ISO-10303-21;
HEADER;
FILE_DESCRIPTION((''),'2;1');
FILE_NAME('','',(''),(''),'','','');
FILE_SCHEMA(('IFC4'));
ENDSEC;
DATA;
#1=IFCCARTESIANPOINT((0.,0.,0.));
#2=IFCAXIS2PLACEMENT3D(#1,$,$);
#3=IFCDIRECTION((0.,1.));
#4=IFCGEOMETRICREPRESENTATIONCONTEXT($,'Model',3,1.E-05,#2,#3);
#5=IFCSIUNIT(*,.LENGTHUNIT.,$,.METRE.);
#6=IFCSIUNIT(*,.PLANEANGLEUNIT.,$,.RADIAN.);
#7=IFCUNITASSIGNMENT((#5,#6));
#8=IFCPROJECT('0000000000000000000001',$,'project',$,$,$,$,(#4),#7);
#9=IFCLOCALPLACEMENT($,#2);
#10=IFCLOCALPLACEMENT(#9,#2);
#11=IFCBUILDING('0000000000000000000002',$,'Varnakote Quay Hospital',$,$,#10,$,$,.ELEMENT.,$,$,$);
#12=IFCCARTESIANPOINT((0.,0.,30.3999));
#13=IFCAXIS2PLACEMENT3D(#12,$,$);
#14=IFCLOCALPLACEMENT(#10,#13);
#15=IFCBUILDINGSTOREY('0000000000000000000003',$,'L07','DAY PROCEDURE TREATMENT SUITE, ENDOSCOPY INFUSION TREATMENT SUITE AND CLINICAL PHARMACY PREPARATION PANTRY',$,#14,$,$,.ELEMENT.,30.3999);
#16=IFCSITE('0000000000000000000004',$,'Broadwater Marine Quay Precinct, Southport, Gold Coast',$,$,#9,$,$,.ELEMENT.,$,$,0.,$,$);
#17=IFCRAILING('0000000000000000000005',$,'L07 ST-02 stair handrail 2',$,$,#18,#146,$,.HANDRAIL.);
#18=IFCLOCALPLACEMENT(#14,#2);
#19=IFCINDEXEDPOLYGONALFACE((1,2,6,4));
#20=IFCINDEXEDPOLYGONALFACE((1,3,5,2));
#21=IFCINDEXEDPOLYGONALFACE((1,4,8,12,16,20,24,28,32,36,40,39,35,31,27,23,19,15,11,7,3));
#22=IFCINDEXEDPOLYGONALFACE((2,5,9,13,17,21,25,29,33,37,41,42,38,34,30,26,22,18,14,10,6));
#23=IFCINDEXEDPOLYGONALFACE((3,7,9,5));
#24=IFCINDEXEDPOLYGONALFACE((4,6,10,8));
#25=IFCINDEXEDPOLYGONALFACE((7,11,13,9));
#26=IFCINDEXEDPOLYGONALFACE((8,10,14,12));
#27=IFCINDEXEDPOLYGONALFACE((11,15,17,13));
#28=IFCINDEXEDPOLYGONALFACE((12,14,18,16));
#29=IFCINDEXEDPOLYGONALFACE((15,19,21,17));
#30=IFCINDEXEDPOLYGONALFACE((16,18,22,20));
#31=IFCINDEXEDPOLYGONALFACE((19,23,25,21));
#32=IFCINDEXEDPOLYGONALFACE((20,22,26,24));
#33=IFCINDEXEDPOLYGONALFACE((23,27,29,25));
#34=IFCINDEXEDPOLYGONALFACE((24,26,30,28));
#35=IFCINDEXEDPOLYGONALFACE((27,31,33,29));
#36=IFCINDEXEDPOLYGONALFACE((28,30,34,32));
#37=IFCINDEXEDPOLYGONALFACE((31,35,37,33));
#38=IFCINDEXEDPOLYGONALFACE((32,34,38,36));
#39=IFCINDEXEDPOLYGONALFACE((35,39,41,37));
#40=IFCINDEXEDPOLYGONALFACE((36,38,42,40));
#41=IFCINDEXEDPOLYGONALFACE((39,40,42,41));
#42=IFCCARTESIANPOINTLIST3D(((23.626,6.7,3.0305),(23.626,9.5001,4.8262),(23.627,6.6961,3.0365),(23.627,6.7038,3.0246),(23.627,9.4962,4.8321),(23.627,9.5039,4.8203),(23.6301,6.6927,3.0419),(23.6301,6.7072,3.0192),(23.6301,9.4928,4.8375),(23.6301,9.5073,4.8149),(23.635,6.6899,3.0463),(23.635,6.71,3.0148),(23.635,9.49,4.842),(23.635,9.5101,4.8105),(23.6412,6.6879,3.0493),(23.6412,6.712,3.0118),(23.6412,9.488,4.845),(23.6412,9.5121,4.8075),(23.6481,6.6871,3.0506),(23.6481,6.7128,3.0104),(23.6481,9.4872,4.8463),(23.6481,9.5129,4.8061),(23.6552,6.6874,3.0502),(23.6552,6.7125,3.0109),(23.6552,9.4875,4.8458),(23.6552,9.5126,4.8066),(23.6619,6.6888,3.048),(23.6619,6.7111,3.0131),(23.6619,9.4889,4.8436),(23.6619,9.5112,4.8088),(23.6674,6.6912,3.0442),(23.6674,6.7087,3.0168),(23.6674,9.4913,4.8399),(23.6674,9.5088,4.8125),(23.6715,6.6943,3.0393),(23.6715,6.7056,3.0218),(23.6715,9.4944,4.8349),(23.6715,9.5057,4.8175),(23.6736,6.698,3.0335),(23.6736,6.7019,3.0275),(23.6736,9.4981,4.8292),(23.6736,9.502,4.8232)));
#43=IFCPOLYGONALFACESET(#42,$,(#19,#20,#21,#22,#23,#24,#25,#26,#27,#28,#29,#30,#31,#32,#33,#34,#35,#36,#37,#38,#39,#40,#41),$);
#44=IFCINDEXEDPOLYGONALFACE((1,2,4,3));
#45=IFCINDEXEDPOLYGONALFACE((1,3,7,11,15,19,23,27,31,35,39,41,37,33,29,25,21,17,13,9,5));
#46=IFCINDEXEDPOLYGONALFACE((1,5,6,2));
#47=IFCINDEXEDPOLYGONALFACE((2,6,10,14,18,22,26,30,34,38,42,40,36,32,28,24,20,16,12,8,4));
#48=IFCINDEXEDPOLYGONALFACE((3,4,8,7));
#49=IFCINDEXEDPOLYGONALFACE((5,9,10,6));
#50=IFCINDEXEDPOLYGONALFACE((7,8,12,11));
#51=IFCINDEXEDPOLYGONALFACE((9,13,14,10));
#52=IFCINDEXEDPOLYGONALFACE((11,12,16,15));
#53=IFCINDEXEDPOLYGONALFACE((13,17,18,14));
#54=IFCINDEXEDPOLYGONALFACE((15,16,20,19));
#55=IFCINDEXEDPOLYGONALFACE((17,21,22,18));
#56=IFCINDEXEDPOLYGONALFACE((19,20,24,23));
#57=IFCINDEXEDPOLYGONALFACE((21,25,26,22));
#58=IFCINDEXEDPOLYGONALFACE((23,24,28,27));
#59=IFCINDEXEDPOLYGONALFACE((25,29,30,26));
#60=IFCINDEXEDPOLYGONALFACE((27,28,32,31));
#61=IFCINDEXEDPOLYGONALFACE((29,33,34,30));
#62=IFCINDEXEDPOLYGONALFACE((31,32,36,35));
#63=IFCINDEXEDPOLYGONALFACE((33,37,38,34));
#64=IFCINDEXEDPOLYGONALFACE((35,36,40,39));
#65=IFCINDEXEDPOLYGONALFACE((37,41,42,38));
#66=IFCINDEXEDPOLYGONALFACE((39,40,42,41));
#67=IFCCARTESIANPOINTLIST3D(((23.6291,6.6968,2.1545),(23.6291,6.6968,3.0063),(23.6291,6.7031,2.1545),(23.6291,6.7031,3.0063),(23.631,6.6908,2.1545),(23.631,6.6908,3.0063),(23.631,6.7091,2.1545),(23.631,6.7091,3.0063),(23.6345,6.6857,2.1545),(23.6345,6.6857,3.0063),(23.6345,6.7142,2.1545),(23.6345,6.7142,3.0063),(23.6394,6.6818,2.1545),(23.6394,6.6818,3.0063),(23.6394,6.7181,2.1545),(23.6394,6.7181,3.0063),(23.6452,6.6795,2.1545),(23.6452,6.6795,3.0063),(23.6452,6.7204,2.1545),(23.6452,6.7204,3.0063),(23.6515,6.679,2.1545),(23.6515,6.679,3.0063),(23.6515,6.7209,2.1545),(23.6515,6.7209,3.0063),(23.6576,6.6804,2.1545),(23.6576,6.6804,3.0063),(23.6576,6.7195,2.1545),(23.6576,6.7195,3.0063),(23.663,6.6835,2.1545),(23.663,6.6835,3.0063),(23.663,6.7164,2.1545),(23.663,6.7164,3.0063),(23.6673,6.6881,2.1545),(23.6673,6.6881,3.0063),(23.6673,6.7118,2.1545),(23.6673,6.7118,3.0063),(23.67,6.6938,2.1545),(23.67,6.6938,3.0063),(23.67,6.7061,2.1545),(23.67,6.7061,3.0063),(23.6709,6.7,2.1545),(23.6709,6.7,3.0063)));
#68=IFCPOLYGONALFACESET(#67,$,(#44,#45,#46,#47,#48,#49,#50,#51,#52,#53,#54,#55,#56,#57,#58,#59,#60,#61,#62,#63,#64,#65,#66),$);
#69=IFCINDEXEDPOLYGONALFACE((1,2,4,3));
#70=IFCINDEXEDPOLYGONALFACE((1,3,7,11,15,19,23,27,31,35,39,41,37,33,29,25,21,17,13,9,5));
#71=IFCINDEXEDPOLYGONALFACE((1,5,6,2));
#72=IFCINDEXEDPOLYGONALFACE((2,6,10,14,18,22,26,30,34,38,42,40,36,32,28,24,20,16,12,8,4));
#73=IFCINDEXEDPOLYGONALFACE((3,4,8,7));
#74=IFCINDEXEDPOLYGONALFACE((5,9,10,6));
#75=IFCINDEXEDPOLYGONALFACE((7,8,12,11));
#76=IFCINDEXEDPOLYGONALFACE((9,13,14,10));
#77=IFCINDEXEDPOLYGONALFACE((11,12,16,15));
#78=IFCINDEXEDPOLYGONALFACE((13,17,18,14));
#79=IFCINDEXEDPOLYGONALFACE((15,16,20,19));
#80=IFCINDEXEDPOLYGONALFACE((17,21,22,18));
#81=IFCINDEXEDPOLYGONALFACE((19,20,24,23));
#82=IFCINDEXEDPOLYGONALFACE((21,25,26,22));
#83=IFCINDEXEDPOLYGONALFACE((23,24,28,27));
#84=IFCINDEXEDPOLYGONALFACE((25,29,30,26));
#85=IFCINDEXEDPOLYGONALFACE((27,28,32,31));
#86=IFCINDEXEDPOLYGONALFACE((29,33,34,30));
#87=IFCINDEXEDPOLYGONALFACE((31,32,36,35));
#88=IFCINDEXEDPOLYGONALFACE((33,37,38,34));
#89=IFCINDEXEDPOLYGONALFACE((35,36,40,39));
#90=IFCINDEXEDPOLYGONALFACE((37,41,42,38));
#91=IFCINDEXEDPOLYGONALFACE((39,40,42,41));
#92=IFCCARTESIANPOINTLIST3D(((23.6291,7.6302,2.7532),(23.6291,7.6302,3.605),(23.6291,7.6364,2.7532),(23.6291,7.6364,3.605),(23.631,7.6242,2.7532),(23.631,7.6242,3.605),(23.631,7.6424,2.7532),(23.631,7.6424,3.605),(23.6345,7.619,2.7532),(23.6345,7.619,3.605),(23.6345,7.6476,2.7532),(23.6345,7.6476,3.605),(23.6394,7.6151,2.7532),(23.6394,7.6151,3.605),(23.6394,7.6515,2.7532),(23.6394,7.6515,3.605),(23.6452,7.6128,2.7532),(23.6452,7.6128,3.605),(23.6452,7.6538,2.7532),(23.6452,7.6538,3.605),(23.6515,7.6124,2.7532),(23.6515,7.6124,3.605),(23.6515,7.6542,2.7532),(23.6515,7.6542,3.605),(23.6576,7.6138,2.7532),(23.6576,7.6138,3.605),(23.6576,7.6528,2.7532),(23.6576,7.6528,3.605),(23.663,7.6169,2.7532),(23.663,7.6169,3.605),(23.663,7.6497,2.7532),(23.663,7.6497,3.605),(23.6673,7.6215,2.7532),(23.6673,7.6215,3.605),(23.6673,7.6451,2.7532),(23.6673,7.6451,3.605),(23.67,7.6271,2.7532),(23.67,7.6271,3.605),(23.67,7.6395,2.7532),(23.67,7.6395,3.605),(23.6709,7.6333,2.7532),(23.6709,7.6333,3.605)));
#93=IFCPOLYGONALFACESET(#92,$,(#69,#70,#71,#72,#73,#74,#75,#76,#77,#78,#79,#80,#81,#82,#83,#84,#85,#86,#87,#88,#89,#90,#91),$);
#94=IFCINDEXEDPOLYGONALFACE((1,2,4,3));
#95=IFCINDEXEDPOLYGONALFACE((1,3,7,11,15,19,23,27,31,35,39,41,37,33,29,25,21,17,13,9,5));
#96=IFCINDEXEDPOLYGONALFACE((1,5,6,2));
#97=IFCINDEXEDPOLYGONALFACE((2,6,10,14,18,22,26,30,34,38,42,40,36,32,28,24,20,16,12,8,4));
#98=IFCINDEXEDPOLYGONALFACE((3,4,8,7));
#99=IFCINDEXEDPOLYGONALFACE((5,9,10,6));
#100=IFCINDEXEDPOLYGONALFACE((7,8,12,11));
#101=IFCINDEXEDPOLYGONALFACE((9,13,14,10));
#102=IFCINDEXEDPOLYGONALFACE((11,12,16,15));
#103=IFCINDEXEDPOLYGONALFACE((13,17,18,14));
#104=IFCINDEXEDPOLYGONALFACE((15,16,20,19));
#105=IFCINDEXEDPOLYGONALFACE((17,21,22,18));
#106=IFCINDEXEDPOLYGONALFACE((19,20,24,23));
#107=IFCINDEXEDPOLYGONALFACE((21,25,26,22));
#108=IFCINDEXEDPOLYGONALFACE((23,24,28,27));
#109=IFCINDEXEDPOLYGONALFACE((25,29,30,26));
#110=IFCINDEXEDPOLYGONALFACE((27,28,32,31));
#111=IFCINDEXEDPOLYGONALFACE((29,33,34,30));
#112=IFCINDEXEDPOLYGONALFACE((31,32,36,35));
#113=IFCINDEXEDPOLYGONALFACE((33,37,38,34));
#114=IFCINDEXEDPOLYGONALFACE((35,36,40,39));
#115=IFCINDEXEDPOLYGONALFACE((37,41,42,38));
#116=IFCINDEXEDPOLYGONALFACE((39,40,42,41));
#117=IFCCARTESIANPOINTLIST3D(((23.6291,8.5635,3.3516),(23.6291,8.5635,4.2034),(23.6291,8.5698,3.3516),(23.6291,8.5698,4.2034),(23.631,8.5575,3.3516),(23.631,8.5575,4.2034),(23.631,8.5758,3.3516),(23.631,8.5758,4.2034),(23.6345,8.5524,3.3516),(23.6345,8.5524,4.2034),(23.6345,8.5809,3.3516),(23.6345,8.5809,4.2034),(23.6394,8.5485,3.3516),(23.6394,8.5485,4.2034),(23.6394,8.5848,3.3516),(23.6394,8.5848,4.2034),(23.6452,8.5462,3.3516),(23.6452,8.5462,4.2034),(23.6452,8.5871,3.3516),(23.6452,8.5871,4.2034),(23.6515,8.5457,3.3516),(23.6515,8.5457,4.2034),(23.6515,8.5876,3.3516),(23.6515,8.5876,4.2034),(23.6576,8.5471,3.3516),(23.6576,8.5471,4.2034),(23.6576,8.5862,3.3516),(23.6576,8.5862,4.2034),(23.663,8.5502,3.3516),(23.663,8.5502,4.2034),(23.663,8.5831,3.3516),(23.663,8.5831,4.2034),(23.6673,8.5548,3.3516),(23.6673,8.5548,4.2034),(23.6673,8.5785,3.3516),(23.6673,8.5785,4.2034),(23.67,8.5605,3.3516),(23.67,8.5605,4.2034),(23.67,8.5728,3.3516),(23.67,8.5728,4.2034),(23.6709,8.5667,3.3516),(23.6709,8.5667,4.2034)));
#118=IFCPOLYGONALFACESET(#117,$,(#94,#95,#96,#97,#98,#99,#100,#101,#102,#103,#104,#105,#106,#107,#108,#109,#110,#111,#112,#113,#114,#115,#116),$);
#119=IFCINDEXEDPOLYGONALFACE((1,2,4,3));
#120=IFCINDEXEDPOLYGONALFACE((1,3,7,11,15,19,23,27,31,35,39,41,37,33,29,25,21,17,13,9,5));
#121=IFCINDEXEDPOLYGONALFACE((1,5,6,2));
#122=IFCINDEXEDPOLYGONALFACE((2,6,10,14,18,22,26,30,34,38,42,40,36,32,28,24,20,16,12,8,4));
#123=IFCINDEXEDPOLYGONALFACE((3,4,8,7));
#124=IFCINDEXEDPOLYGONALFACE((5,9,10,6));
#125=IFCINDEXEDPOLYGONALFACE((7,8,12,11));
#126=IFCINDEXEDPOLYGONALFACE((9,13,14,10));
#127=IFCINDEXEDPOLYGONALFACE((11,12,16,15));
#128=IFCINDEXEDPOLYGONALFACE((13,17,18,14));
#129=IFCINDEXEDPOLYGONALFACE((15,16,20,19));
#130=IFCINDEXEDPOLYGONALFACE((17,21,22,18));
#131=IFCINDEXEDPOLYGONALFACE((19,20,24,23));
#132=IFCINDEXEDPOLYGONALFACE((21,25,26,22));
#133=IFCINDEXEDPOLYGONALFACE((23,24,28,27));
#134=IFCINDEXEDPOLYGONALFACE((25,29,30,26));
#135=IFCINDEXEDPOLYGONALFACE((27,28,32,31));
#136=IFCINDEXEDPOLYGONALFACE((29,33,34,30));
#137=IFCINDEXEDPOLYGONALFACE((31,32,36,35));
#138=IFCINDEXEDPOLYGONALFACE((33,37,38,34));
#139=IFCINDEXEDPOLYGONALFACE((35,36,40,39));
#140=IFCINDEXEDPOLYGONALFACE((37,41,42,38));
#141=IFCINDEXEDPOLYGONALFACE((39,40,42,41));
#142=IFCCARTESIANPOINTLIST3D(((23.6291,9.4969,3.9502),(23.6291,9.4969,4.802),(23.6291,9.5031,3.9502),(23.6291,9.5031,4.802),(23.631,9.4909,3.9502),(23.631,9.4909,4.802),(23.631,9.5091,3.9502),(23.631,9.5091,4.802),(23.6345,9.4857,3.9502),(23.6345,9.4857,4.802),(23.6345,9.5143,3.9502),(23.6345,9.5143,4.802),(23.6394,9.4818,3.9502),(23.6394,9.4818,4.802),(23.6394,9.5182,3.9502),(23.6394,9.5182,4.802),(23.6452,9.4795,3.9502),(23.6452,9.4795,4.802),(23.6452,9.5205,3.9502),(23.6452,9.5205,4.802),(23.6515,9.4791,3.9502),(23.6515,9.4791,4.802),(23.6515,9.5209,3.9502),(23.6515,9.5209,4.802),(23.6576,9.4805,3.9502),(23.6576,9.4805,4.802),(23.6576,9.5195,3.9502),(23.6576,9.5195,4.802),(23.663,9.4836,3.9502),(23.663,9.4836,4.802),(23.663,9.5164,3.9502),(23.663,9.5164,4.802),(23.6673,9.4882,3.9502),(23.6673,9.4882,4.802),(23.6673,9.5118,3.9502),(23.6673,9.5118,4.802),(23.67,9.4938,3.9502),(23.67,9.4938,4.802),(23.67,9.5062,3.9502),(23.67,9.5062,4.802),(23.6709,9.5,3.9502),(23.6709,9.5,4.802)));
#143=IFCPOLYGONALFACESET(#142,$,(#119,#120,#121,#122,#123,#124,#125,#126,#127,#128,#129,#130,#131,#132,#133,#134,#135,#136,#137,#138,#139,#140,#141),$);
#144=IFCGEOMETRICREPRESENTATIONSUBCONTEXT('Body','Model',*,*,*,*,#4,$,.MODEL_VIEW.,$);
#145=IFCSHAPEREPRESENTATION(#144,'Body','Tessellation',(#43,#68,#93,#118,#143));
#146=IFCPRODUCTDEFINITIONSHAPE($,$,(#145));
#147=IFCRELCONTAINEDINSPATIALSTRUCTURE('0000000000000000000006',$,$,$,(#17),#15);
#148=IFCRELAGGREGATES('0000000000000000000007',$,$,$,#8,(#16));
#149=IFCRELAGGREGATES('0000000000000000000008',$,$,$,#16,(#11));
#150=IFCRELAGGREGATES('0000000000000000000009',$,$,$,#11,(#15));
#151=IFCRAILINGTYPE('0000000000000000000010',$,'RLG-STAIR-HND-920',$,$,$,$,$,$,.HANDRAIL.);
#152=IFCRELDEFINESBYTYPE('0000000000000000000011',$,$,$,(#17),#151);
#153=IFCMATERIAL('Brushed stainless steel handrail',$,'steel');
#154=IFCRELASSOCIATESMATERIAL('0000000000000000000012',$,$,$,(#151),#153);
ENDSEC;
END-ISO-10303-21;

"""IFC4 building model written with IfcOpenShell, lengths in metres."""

from ifc_helpers import new_model, si_unit, direction, frame, origin, origin_2d, place, context, subcontext, project, spatial, circle, extrude, material, type_object, element, save


model = new_model("IFC4")

# Units and contexts
model_context = context("Model", 3, precision=1e-05, world=origin(), true_north=direction((0.0, 1.0)))
body_context = subcontext(model_context, "Body", "Model", "MODEL_VIEW")
ifc_project = project(units=[si_unit("LENGTHUNIT", "METRE"), si_unit("PLANEANGLEUNIT", "RADIAN")], contexts=[model_context])

# Site, building, storey
site_placement = place(None, origin())
site = spatial("IfcSite", under=ifc_project, at=site_placement, Name="Broadwater Marine Quay Precinct, Southport, Gold Coast", CompositionType="ELEMENT", RefElevation=0.0)
building_placement = place(site_placement, origin())
building = spatial("IfcBuilding", under=site, at=building_placement, Name="Varnakote Quay Hospital", CompositionType="ELEMENT")
storey_placement = place(building_placement, frame((0.0, 0.0, 30.3999)))
storey = spatial("IfcBuildingStorey", under=building, at=storey_placement, Name="L07", Description="DAY PROCEDURE TREATMENT SUITE, ENDOSCOPY INFUSION TREATMENT SUITE AND CLINICAL PHARMACY PREPARATION PANTRY", CompositionType="ELEMENT", Elevation=30.3999)

# Railing
ifc_material_1 = material(Name="Brushed stainless steel handrail", Category="steel")
railing_type_1 = type_object("IfcRailingType", Name="RLG-STAIR-HND-920", PredefinedType="HANDRAIL", material=ifc_material_1)
railing_1_placement = place(storey_placement, frame((23.6499, 6.7, 2.1545)))
element("IfcRailing", 1, at=railing_1_placement, inside=storey, type_object=railing_type_1, Name="L07 ST-02 stair handrail 2", PredefinedType="HANDRAIL", context=body_context, shape_type="SweptSolid", body=[
    extrude(circle(Radius=0.0239, at=origin_2d()), frame((0.0, 0.0, 0.876), z_axis=(0.0, 0.841777, 0.539826), x_axis=(-1.0, 0.0, 0.0)), (0.0, 0.0, 1.0), 3.3264),
    extrude(circle(Radius=0.021, at=origin_2d()), origin(), (0.0, 0.0, 1.0), 0.8518),
    extrude(circle(Radius=0.021, at=origin_2d()), frame((0.0, 0.9333, 0.5986)), (0.0, 0.0, 1.0), 0.8518),
    extrude(circle(Radius=0.021, at=origin_2d()), frame((0.0, 1.8667, 1.197)), (0.0, 0.0, 1.0), 0.8518),
    extrude(circle(Radius=0.021, at=origin_2d()), frame((0.0, 2.8, 1.7957)), (0.0, 0.0, 1.0), 0.8518),
])

save(model, "model.ifc")
